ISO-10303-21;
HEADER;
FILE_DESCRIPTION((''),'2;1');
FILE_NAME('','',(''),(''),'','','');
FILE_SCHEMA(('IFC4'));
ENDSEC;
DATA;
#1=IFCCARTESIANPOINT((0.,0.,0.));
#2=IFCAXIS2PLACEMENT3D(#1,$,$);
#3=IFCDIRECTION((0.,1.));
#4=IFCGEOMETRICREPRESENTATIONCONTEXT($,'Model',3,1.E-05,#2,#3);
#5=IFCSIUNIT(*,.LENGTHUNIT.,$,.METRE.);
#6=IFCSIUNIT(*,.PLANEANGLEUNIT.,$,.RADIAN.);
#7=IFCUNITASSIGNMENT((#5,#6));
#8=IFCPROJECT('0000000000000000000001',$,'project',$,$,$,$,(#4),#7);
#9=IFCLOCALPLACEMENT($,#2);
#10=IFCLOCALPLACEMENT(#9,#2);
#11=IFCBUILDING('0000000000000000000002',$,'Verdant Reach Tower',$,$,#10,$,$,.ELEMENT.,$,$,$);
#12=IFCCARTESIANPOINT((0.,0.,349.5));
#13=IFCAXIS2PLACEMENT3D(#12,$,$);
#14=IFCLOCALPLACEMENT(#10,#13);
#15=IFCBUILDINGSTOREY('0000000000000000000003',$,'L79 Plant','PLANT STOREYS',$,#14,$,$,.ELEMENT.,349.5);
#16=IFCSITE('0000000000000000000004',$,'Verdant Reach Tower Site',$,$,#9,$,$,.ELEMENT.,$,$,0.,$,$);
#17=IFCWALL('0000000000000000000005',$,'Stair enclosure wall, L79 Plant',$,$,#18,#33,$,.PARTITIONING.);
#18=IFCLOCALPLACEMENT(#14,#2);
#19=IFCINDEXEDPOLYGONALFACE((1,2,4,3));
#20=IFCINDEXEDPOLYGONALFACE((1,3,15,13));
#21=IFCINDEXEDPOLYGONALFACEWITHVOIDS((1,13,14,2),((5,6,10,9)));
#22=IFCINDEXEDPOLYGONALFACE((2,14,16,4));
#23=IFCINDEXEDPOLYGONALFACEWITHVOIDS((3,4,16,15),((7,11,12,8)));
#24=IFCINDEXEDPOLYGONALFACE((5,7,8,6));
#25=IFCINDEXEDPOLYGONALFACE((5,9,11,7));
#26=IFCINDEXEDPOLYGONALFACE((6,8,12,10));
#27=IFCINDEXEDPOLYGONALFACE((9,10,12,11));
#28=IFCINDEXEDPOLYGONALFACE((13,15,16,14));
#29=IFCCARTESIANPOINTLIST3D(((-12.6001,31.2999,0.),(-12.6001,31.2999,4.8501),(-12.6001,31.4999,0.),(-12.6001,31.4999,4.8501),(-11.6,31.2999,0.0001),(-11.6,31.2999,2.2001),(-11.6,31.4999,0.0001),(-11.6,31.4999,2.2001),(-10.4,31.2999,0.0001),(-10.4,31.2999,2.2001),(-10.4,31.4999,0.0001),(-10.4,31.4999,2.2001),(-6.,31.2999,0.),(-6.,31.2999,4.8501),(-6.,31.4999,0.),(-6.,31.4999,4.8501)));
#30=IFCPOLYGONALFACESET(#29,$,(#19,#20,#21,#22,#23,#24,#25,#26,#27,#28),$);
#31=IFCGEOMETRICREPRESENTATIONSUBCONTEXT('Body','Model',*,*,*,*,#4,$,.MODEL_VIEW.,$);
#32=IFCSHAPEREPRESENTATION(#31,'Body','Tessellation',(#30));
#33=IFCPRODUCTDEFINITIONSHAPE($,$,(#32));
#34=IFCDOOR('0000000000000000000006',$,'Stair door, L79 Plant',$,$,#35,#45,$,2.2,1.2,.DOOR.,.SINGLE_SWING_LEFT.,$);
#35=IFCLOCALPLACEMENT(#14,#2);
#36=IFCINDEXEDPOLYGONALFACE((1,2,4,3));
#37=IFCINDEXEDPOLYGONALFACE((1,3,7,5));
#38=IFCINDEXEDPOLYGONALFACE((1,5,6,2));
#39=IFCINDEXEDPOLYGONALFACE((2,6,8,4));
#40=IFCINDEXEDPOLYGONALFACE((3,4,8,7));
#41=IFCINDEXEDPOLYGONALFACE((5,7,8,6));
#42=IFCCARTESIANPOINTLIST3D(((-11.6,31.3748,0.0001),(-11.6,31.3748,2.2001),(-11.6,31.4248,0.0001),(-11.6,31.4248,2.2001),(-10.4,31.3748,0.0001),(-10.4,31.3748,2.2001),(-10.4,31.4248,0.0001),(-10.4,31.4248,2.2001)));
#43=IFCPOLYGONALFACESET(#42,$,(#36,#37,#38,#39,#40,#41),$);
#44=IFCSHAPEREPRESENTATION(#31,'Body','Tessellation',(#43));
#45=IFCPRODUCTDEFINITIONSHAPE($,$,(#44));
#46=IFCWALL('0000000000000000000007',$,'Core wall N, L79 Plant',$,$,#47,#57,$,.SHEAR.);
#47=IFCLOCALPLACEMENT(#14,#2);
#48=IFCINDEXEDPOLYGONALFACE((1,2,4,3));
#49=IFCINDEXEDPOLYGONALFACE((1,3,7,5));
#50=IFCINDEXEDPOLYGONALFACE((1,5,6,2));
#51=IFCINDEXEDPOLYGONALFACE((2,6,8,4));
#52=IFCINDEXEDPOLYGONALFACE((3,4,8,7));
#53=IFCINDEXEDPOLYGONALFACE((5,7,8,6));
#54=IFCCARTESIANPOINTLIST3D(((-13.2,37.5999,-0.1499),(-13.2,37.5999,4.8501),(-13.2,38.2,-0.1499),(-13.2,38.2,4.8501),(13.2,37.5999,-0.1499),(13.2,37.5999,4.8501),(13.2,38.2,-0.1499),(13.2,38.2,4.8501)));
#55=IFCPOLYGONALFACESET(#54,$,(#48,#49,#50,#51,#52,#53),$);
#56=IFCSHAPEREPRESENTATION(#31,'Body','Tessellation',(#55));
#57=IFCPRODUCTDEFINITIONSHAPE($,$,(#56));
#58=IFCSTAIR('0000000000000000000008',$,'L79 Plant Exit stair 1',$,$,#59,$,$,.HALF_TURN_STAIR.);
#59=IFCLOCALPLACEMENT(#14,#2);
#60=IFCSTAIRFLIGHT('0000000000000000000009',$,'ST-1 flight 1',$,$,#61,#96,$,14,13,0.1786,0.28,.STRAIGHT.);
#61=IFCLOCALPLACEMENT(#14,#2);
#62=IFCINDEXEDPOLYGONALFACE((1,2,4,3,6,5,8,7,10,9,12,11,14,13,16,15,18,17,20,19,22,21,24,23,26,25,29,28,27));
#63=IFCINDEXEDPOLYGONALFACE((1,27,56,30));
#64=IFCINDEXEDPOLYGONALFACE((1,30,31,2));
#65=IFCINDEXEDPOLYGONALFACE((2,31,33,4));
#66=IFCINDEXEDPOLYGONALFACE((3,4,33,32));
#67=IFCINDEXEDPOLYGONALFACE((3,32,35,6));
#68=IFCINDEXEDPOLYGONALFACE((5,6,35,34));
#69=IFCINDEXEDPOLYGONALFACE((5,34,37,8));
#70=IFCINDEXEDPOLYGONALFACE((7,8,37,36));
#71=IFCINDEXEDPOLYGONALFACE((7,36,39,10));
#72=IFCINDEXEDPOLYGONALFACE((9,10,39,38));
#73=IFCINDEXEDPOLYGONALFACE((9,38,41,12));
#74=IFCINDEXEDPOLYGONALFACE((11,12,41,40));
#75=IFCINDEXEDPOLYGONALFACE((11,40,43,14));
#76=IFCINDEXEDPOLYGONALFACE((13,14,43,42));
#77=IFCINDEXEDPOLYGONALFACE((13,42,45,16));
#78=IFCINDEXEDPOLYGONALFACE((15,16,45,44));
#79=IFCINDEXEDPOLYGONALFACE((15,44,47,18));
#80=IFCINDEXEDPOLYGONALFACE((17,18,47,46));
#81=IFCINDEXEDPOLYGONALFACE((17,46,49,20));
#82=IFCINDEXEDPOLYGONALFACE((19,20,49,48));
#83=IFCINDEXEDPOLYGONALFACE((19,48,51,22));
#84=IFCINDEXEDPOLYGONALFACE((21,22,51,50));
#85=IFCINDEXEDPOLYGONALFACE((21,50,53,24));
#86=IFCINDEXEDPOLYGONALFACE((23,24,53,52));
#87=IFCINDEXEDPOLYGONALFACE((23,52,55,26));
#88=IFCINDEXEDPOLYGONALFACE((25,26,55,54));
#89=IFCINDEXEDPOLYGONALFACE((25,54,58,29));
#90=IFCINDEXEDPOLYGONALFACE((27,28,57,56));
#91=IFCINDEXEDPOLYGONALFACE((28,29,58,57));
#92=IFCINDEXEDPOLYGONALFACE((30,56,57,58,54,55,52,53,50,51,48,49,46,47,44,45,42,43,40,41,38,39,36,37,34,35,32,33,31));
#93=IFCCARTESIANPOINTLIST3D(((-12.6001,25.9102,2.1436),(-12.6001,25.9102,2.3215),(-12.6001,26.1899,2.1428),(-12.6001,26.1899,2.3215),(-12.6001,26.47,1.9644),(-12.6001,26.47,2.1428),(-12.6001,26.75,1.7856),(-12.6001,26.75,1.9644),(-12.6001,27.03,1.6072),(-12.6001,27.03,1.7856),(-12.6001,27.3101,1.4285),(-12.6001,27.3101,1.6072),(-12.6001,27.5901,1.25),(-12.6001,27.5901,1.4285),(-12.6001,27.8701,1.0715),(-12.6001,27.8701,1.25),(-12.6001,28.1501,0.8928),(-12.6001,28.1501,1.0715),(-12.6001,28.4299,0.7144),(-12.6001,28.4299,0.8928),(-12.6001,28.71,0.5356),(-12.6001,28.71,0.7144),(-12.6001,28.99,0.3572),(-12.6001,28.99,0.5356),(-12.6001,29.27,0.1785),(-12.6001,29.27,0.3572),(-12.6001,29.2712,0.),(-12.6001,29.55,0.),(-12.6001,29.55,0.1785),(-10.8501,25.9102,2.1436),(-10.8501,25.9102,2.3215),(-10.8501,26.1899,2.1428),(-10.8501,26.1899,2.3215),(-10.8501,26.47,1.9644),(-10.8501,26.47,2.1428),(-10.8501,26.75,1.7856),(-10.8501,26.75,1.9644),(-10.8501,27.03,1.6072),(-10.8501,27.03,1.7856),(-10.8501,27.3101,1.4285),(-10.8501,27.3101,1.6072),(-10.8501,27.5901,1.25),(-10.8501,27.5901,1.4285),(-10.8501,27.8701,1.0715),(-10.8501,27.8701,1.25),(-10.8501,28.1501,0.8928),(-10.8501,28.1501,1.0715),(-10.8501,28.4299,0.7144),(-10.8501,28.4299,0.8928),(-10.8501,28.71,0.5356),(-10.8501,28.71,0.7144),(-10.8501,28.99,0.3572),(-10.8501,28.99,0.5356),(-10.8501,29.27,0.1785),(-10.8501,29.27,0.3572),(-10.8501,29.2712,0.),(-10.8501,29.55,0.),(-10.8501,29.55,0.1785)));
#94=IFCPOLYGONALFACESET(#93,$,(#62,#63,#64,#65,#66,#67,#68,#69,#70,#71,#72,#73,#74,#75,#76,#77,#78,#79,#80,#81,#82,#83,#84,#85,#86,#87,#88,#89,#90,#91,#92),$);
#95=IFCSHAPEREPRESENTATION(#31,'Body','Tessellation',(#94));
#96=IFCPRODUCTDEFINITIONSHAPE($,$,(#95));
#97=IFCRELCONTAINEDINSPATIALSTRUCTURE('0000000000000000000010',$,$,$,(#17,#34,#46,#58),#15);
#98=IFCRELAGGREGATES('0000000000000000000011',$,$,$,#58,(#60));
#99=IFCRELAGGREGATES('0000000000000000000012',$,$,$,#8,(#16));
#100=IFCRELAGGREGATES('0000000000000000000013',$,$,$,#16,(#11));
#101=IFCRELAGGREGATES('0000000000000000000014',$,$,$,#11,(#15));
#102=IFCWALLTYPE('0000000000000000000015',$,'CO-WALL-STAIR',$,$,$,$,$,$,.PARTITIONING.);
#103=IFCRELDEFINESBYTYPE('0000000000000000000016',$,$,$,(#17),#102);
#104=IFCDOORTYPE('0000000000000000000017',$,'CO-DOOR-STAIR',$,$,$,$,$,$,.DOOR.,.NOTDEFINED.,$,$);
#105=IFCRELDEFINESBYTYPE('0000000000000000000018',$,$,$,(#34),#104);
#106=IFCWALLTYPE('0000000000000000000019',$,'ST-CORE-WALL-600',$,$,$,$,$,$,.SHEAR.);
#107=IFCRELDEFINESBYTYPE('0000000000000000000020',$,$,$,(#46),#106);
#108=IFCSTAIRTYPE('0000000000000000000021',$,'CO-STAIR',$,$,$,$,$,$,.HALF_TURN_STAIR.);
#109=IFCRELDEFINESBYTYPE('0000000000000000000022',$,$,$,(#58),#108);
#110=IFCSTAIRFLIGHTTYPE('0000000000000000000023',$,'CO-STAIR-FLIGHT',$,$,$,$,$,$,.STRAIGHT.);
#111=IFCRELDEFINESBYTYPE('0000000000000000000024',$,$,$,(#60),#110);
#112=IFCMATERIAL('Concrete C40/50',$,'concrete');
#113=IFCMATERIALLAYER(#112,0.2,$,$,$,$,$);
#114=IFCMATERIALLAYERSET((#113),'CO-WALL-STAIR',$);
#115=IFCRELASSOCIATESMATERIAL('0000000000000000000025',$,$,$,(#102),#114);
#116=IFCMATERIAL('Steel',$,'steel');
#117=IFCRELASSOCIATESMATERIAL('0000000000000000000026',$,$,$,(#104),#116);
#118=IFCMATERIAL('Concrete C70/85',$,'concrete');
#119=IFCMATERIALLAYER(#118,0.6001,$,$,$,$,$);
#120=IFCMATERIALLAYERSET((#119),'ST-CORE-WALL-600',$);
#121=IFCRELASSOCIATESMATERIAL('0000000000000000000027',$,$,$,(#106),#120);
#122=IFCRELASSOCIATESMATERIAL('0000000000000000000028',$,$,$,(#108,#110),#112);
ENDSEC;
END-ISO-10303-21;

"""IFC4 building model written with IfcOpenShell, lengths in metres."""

from ifc_helpers import new_model, si_unit, direction, frame, frame_2d, origin, place, context, subcontext, project, spatial, polyline, rectangle, outline, extrude, material, layer, layer_set, type_object, element, fill, aggregate, save


model = new_model("IFC4")

# Units and contexts
model_context = context("Model", 3, precision=1e-05, world=origin(), true_north=direction((0.0, 1.0)))
body_context = subcontext(model_context, "Body", "Model", "MODEL_VIEW")
ifc_project = project(units=[si_unit("LENGTHUNIT", "METRE"), si_unit("PLANEANGLEUNIT", "RADIAN")], contexts=[model_context])

# Site, building, storey
site_placement = place(None, origin())
site = spatial("IfcSite", under=ifc_project, at=site_placement, Name="Verdant Reach Tower Site", CompositionType="ELEMENT", RefElevation=0.0)
building_placement = place(site_placement, origin())
building = spatial("IfcBuilding", under=site, at=building_placement, Name="Verdant Reach Tower", CompositionType="ELEMENT")
storey_placement = place(building_placement, frame((0.0, 0.0, 349.5)))
storey = spatial("IfcBuildingStorey", under=building, at=storey_placement, Name="L79 Plant", Description="PLANT STOREYS", CompositionType="ELEMENT", Elevation=349.5)

# Shared definitions
ifc_material_1 = material(Name="Concrete C40/50", Category="concrete")
ifc_material_2 = material(Name="Steel", Category="steel")

# Wall, opening, door
ifc_layer_1 = layer(ifc_material_1, 0.2)
ifc_layer_set_1 = layer_set([ifc_layer_1], Name="CO-WALL-STAIR")
wall_type_1 = type_object("IfcWallType", Name="CO-WALL-STAIR", PredefinedType="PARTITIONING", material=ifc_layer_set_1)
wall_1_placement = place(storey_placement, frame((-12.6001, 31.3999, 0.0), z_axis=(0.0, 0.0, 1.0), x_axis=(1.0, 0.0, 0.0)))
wall_1 = element("IfcWall", 1, at=wall_1_placement, inside=storey, type_object=wall_type_1, Name="Stair enclosure wall, L79 Plant", PredefinedType="PARTITIONING", context=body_context, shape_type="SweptSolid", body=[
    extrude(rectangle(XDim=6.6001, YDim=0.2, at=frame_2d((3.3, 0.0))), origin(), (0.0, 0.0, 1.0), 4.8501),
])
opening_1_placement = place(wall_1_placement, frame((1.0, 0.0, 0.0)))
opening_1 = element("IfcOpeningElement", 2, at=opening_1_placement, cuts=wall_1, PredefinedType="OPENING", context=body_context, shape_type="SweptSolid", body=[
    extrude(rectangle(XDim=1.2, YDim=2.2, at=frame_2d((0.6001, 1.1001))), frame((0.0, 0.1099, 0.0), z_axis=(0.0, -1.0, 0.0), x_axis=(1.0, 0.0, 0.0)), (0.0, 0.0, 1.0), 0.22),
])
door_type_1 = type_object("IfcDoorType", Name="CO-DOOR-STAIR", OperationType="NOTDEFINED", PredefinedType="DOOR", material=ifc_material_2)
door_1_placement = place(opening_1_placement, origin())
door_1 = element("IfcDoor", 3, at=door_1_placement, inside=storey, type_object=door_type_1, Name="Stair door, L79 Plant", OperationType="SINGLE_SWING_LEFT", OverallHeight=2.2, OverallWidth=1.2, PredefinedType="DOOR", context=body_context, shape_type="SweptSolid", body=[
    extrude(rectangle(XDim=1.2, YDim=2.2, at=frame_2d((0.6001, 1.1001))), frame((0.0, 0.0249, 0.0), z_axis=(0.0, -1.0, 0.0), x_axis=(1.0, 0.0, 0.0)), (0.0, 0.0, 1.0), 0.05),
])
fill(opening_1, door_1)

# Wall
ifc_material_3 = material(Name="Concrete C70/85", Category="concrete")
ifc_layer_2 = layer(ifc_material_3, 0.6001)
ifc_layer_set_2 = layer_set([ifc_layer_2], Name="ST-CORE-WALL-600")
wall_type_2 = type_object("IfcWallType", Name="ST-CORE-WALL-600", PredefinedType="SHEAR", material=ifc_layer_set_2)
wall_2_placement = place(storey_placement, frame((-13.2, 37.8999, -0.1499), z_axis=(0.0, 0.0, 1.0), x_axis=(1.0, 0.0, 0.0)))
element("IfcWall", 4, at=wall_2_placement, inside=storey, type_object=wall_type_2, Name="Core wall N, L79 Plant", PredefinedType="SHEAR", context=body_context, shape_type="SweptSolid", body=[
    extrude(rectangle(XDim=26.3999, YDim=0.6001, at=frame_2d((13.2, 0.0))), origin(), (0.0, 0.0, 1.0), 5.0),
])

# Stair, stair flight
stair_type = type_object("IfcStairType", Name="CO-STAIR", PredefinedType="HALF_TURN_STAIR", material=ifc_material_1)
stair_placement = place(storey_placement, origin())
stair = element("IfcStair", 5, at=stair_placement, inside=storey, type_object=stair_type, Name="L79 Plant Exit stair 1", PredefinedType="HALF_TURN_STAIR")
stair_flight_type = type_object("IfcStairFlightType", Name="CO-STAIR-FLIGHT", PredefinedType="STRAIGHT", material=ifc_material_1)
stair_flight_placement = place(storey_placement, frame((-11.7251, 29.55, 0.0), z_axis=(0.0, 0.0, 1.0), x_axis=(0.0, -1.0, 0.0)))
stair_flight = element("IfcStairFlight", 6, at=stair_flight_placement, type_object=stair_flight_type, Name="ST-1 flight 1", NumberOfRisers=14, NumberOfTreads=13, PredefinedType="STRAIGHT", RiserHeight=0.1786, TreadLength=0.28, context=body_context, shape_type="SweptSolid", body=[
    extrude(outline(polyline([(0.0, 0.0), (0.0, 0.1785), (0.28, 0.1785), (0.28, 0.3572), (0.5601, 0.3572), (0.5601, 0.5356), (0.8401, 0.5356), (0.8401, 0.7144), (1.1201, 0.7144), (1.1201, 0.8928), (1.3999, 0.8928), (1.3999, 1.0715), (1.6799, 1.0715), (1.6799, 1.25), (1.96, 1.25), (1.96, 1.4285), (2.24, 1.4285), (2.24, 1.6072), (2.52, 1.6072), (2.52, 1.7856), (2.8, 1.7856), (2.8, 1.9644), (3.0801, 1.9644), (3.0801, 2.1428), (3.3601, 2.1428), (3.3601, 2.3215), (3.6399, 2.3215), (3.6399, 2.5), (3.6399, 2.1436), (0.2788, 0.0), (0.0, 0.0)])), frame((0.0, 0.875, 0.0), z_axis=(0.0, -1.0, 0.0), x_axis=(1.0, 0.0, 0.0)), (0.0, 0.0, 1.0), 1.75),
])
aggregate(stair, [stair_flight])

save(model, "model.ifc")
